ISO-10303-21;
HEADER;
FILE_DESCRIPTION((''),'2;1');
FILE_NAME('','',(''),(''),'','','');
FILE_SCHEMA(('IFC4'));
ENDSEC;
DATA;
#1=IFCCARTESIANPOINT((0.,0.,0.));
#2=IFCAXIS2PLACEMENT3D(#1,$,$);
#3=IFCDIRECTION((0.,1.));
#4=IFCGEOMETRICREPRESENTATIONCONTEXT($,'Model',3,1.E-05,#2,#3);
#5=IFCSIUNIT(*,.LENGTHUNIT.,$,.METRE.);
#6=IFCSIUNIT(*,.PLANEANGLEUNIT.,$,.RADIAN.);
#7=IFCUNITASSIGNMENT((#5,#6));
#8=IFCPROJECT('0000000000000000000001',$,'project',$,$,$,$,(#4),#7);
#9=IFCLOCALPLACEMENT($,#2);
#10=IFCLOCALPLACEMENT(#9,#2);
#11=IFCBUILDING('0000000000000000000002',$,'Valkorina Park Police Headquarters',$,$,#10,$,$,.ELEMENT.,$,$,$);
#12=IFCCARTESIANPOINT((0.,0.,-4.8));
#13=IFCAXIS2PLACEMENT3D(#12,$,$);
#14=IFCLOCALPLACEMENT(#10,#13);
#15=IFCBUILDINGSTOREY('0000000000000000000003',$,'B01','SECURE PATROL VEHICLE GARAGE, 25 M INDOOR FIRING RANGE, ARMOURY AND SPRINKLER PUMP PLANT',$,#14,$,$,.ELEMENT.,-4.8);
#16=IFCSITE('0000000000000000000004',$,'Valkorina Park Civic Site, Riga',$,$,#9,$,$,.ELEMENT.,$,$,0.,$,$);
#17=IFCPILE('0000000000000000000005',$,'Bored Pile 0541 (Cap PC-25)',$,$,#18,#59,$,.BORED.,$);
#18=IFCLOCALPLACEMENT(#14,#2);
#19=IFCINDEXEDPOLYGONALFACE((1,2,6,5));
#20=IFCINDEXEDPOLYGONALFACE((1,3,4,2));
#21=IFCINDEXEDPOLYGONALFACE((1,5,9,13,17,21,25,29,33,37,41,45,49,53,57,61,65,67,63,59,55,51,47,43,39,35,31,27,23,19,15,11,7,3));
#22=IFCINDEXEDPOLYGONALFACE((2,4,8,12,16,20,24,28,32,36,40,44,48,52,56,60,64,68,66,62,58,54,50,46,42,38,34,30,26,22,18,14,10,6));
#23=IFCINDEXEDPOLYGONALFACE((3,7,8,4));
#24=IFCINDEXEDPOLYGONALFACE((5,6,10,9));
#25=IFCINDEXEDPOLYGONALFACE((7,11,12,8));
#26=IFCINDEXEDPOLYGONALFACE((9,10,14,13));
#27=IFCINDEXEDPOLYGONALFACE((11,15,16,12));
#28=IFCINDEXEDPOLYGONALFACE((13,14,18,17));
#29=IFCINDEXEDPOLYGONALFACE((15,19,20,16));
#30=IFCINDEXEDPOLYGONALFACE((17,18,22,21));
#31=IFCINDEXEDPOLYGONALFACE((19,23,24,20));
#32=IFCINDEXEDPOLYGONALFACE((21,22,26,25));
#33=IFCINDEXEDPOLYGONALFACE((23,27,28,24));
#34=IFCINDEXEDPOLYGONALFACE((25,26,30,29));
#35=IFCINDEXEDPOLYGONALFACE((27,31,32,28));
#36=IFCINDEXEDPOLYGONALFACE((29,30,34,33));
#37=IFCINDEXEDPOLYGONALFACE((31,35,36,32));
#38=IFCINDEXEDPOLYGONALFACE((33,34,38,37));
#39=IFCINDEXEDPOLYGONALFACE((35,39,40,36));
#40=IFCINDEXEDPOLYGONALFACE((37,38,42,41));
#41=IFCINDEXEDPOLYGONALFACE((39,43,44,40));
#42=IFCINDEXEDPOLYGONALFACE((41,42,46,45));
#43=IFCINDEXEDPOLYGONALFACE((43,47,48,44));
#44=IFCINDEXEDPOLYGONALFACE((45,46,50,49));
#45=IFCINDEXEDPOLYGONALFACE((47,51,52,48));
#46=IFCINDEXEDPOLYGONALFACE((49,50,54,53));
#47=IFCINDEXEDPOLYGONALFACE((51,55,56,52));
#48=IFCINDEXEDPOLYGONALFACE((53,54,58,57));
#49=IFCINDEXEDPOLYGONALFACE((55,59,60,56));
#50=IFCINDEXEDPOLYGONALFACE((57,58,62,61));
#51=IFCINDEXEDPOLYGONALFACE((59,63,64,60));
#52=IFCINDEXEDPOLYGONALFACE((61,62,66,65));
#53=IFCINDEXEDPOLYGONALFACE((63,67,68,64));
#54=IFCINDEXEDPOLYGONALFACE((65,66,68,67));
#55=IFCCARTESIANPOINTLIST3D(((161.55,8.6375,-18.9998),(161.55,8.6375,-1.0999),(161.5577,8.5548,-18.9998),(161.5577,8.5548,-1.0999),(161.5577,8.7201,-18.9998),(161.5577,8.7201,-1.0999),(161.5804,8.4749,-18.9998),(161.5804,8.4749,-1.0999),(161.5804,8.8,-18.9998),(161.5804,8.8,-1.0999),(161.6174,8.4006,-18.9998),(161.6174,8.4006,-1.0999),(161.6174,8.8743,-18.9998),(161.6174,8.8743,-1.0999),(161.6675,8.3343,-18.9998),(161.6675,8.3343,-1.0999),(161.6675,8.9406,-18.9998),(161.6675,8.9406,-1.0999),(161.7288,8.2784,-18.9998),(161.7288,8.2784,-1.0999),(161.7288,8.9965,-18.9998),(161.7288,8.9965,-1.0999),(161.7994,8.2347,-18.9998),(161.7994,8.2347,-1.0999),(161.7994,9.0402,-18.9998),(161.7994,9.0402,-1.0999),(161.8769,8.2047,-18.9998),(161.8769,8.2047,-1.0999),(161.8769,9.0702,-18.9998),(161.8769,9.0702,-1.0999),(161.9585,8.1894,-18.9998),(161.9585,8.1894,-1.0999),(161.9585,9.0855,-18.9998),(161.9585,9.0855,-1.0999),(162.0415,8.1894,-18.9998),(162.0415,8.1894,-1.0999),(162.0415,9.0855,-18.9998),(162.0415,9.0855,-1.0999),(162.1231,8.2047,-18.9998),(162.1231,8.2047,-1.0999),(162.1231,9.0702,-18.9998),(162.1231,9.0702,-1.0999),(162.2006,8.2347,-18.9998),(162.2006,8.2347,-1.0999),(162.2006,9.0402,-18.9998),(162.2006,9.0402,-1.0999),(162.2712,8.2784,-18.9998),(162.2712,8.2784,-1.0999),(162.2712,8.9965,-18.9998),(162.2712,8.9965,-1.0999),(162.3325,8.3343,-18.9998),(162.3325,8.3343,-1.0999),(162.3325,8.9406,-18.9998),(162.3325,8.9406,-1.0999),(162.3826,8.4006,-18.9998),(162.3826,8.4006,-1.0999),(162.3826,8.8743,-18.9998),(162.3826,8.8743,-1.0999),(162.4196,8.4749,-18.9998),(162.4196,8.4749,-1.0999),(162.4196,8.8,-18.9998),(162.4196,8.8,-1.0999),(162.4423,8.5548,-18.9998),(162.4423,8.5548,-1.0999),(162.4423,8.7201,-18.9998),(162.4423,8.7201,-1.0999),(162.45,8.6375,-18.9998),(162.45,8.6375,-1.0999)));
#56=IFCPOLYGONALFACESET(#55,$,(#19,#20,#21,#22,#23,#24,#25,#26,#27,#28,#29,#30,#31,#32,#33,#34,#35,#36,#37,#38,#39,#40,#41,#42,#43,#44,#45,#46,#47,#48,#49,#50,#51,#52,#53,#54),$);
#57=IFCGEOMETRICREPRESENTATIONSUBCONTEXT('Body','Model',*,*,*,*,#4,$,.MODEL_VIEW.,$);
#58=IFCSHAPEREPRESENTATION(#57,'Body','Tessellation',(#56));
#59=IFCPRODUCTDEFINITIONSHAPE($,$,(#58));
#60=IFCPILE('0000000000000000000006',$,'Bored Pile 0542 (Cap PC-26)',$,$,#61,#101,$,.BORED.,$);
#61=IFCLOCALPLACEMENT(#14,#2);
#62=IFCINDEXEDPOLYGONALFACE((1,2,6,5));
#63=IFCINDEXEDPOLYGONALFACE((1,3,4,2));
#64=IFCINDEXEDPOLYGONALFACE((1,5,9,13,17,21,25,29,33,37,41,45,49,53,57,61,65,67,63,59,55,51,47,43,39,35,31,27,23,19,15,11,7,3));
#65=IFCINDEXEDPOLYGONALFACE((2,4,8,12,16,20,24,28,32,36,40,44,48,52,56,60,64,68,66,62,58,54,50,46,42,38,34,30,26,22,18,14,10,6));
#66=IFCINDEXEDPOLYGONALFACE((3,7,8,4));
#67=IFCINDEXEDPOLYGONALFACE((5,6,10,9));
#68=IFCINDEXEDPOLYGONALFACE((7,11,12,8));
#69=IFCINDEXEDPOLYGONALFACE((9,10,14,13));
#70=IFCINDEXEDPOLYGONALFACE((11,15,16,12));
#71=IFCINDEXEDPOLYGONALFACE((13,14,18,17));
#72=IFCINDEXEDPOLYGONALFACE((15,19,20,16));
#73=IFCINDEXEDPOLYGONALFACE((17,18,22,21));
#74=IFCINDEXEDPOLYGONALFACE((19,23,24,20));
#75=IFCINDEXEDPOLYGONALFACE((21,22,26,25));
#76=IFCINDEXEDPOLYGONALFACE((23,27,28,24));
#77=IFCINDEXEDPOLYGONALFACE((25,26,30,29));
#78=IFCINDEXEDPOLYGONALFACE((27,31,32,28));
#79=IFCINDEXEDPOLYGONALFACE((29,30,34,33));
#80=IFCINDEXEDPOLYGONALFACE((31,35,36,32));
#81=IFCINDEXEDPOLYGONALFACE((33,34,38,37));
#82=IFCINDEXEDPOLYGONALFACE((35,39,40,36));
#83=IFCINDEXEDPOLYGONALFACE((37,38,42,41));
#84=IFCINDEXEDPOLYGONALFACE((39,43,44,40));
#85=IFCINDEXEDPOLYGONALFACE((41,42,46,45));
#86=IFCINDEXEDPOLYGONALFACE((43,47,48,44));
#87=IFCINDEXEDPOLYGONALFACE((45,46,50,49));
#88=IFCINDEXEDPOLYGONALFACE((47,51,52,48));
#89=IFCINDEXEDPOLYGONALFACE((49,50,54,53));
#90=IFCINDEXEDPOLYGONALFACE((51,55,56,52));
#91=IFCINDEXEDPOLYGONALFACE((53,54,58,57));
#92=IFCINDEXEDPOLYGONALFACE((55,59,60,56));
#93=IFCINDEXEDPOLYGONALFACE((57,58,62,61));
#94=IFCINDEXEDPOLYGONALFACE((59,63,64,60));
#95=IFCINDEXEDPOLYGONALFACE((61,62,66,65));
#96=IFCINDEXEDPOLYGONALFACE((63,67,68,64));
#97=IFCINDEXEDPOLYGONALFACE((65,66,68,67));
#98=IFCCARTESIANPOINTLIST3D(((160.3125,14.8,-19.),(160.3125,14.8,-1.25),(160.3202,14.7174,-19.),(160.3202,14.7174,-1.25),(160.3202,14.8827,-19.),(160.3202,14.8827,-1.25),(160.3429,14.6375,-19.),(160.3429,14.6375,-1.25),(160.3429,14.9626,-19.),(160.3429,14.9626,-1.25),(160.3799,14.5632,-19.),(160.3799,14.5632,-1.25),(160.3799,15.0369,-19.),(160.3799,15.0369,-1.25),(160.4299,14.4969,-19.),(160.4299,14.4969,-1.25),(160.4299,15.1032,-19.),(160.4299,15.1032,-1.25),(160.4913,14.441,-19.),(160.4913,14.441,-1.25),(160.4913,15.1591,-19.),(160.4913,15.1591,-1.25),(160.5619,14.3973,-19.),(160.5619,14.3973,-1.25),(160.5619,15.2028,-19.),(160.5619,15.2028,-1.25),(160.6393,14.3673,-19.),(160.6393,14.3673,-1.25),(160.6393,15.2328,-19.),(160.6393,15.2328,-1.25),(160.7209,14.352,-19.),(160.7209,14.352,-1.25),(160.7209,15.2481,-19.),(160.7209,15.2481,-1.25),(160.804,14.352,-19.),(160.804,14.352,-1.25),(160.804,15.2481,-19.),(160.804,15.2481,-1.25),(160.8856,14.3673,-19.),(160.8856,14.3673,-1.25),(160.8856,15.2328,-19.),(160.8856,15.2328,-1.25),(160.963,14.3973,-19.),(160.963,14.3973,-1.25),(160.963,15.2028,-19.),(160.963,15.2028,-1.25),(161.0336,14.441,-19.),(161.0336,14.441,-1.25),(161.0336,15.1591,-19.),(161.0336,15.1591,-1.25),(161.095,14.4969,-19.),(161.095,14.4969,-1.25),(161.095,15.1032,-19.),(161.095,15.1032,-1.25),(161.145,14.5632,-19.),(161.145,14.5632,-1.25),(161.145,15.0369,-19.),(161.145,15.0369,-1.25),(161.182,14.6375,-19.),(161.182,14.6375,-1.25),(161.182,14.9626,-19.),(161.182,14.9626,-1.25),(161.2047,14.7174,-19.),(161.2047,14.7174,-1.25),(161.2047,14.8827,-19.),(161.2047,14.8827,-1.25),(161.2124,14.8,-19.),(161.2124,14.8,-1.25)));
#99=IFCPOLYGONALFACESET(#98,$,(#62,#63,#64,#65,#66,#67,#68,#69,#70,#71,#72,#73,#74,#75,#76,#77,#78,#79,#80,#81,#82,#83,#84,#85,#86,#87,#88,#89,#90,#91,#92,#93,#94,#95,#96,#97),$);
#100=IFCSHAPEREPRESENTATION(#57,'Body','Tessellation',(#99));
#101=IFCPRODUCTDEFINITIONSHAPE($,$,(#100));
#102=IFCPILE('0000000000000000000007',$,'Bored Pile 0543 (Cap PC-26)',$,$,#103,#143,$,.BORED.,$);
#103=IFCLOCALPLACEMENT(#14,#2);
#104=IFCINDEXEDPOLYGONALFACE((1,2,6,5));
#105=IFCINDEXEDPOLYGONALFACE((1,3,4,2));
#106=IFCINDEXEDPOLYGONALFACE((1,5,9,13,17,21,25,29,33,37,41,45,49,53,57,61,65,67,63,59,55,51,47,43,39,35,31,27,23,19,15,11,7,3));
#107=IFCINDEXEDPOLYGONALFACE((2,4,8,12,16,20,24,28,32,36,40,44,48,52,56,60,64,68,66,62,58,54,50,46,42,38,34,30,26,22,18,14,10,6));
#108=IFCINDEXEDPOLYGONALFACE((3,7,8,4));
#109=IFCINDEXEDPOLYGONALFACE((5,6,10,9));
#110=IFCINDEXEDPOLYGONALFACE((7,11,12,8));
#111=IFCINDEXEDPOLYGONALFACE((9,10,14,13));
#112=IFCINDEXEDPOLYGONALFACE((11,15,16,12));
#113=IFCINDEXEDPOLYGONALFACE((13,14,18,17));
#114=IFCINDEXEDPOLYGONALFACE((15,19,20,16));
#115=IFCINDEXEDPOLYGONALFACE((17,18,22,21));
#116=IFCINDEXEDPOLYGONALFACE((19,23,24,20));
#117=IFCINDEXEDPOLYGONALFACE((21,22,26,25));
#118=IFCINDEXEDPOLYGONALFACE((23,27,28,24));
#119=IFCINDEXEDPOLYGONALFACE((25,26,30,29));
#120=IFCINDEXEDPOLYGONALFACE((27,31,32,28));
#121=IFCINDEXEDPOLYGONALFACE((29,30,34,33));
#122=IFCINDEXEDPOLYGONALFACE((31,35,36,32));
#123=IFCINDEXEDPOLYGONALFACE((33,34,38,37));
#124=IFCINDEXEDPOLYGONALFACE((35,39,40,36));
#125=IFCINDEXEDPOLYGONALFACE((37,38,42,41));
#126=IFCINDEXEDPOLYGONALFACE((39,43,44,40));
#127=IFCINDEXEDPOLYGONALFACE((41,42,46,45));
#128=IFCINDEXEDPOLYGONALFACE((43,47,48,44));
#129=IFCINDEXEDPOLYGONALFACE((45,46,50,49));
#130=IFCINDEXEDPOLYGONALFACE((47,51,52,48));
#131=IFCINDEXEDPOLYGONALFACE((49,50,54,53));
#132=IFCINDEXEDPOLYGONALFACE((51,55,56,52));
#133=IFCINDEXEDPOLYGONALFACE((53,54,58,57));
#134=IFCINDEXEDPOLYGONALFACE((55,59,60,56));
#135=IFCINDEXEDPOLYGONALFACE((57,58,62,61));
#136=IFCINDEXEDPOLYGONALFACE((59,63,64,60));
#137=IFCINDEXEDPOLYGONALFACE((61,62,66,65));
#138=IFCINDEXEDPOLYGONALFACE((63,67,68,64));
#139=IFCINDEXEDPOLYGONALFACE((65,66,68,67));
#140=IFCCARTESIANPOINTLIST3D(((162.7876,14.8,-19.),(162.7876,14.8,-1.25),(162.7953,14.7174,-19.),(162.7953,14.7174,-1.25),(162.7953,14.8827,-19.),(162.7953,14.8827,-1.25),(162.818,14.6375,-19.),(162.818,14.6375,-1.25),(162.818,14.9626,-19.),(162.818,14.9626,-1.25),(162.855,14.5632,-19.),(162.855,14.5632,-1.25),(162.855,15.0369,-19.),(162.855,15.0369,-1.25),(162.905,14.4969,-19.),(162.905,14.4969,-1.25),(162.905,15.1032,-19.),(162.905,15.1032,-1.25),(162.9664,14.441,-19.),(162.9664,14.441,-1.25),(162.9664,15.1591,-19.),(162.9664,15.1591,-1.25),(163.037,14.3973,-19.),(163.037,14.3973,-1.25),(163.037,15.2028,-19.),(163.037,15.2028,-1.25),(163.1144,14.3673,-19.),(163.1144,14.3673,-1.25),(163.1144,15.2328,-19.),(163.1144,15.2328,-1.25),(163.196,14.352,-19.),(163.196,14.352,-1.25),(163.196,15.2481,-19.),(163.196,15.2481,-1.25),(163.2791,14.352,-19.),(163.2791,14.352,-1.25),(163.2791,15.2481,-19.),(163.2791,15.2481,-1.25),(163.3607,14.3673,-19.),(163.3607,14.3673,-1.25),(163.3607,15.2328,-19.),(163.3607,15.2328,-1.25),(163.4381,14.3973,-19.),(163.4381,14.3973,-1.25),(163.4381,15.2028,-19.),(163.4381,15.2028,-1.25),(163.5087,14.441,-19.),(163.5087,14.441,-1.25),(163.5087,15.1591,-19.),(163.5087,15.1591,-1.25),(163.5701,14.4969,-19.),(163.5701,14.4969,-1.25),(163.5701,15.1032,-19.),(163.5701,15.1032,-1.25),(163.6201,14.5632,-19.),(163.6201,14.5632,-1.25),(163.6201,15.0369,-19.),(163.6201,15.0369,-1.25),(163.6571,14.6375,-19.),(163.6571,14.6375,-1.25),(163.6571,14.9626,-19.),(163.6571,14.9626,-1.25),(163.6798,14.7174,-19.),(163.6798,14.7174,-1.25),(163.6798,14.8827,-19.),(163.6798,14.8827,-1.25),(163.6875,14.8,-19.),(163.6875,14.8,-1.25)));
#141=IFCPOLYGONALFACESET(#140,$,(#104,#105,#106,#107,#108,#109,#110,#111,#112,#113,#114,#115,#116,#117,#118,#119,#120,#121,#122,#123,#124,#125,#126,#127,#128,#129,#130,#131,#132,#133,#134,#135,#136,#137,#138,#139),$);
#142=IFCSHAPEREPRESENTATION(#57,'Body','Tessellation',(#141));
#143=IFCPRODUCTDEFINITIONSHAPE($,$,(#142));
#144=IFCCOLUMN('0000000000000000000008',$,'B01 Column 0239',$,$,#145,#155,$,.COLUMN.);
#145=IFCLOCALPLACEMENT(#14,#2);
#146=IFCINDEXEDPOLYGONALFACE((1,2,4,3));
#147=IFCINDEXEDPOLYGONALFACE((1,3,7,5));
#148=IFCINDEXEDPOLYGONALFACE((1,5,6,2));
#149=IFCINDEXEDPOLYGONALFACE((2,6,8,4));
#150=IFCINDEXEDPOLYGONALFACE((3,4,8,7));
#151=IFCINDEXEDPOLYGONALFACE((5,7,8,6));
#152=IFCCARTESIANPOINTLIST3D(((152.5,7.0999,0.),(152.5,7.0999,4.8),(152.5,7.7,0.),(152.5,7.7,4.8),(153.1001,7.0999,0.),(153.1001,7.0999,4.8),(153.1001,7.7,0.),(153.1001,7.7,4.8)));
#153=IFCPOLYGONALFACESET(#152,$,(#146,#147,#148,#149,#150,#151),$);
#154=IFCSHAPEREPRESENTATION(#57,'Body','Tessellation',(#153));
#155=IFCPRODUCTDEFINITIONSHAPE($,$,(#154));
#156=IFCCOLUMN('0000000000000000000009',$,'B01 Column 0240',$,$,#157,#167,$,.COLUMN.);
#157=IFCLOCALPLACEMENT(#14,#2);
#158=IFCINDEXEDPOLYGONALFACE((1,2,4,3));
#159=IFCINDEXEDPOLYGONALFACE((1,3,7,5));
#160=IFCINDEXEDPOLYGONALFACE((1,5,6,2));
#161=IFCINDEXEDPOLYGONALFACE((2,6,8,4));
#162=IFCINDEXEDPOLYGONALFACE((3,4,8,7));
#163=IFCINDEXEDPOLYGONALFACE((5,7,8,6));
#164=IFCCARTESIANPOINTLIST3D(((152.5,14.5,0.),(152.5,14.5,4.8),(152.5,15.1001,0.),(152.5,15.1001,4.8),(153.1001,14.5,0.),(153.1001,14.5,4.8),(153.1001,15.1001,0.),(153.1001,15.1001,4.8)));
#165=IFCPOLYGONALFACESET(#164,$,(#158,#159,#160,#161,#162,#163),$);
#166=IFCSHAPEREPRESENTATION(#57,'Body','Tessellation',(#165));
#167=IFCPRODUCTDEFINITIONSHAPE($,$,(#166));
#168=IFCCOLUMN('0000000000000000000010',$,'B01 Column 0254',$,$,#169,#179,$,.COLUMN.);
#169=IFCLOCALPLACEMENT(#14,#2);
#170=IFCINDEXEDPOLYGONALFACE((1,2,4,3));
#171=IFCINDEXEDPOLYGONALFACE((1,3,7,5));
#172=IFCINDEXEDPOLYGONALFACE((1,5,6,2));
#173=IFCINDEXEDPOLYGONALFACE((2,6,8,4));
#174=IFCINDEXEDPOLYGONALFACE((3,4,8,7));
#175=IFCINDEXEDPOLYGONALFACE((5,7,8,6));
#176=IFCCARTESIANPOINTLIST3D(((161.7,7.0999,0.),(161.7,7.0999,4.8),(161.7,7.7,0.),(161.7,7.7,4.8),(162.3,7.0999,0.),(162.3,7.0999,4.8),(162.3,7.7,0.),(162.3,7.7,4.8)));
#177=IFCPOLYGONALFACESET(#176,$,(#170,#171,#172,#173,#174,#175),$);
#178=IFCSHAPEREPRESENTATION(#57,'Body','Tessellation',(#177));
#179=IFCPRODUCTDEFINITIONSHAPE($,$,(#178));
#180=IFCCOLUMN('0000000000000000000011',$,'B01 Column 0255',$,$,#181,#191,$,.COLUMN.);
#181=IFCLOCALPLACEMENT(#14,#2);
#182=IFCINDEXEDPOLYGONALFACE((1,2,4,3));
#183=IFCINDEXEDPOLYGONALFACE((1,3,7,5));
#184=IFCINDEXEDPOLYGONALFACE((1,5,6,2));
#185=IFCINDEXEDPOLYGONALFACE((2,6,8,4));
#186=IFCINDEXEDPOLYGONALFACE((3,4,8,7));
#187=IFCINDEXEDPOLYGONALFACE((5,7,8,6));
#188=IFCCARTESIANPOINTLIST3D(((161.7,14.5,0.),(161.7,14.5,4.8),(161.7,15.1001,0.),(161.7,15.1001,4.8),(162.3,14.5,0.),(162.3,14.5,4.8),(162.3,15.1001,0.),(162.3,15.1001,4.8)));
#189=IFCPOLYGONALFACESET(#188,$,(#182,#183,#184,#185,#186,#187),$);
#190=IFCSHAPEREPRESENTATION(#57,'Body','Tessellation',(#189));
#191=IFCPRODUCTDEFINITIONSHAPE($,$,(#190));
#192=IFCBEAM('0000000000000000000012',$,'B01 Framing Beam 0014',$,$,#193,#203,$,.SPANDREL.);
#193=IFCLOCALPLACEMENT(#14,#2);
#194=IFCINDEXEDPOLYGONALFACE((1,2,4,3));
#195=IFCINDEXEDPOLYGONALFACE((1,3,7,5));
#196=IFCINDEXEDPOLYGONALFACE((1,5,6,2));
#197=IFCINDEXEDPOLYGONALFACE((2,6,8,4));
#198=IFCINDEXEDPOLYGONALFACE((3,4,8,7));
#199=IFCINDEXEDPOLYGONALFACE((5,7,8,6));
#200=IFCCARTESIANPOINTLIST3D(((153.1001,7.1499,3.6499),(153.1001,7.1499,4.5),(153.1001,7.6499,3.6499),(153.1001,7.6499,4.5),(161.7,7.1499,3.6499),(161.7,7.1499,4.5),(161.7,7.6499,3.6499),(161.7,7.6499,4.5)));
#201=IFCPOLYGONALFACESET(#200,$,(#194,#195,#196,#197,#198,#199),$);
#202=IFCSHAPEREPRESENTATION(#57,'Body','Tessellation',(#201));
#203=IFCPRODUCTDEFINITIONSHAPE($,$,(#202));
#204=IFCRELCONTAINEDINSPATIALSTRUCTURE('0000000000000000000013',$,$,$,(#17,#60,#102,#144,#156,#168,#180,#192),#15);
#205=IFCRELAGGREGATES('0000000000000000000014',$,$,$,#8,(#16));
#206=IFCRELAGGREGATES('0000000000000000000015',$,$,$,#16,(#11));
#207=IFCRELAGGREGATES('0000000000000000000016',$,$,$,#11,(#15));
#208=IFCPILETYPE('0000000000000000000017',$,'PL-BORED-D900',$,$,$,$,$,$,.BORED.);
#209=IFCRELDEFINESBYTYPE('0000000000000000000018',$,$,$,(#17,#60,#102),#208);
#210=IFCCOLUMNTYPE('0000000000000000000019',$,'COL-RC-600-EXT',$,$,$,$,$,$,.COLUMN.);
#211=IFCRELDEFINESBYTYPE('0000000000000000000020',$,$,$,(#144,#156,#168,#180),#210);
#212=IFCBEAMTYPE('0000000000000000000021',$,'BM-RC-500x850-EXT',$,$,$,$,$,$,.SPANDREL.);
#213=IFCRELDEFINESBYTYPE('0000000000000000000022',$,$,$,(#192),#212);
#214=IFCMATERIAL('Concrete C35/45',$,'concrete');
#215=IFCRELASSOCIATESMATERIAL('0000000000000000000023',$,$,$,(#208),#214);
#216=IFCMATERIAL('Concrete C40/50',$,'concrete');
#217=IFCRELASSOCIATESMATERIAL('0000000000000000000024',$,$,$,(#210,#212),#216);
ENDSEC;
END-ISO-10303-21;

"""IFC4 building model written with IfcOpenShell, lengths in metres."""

from ifc_helpers import new_model, si_unit, direction, frame, origin, origin_2d, place, context, subcontext, project, spatial, rectangle, circle, extrude, material, material_profile, profile_set, type_object, element, save


model = new_model("IFC4")

# Units and contexts
model_context = context("Model", 3, precision=1e-05, world=origin(), true_north=direction((0.0, 1.0)))
body_context = subcontext(model_context, "Body", "Model", "MODEL_VIEW")
ifc_project = project(units=[si_unit("LENGTHUNIT", "METRE"), si_unit("PLANEANGLEUNIT", "RADIAN")], contexts=[model_context])

# Site, building, storey
site_placement = place(None, origin())
site = spatial("IfcSite", under=ifc_project, at=site_placement, Name="Valkorina Park Civic Site, Riga", CompositionType="ELEMENT", RefElevation=0.0)
building_placement = place(site_placement, origin())
building = spatial("IfcBuilding", under=site, at=building_placement, Name="Valkorina Park Police Headquarters", CompositionType="ELEMENT")
storey_placement = place(building_placement, frame((0.0, 0.0, -4.8)))
storey = spatial("IfcBuildingStorey", under=building, at=storey_placement, Name="B01", Description="SECURE PATROL VEHICLE GARAGE, 25 M INDOOR FIRING RANGE, ARMOURY AND SPRINKLER PUMP PLANT", CompositionType="ELEMENT", Elevation=-4.8)

# Shared definitions
ifc_material_1 = material(Name="Concrete C40/50", Category="concrete")

# Piles
ifc_material_2 = material(Name="Concrete C35/45", Category="concrete")
ifc_material_profile_1 = material_profile(ifc_material_2, circle(Radius=0.45, at=origin_2d()), Name="BORED PILE D900")
ifc_profile_set_1 = profile_set([ifc_material_profile_1], Name="Concrete C35/45")
pile_type = type_object("IfcPileType", Name="PL-BORED-D900", PredefinedType="BORED", material=ifc_profile_set_1)
for number, where, z_axis, x_axis, name in (
    (1, (162.0, 8.6375, -1.0999), (0.0, 0.0, -1.0), (1.0, 0.0, 0.0), "Bored Pile 0541 (Cap PC-25)"),
):
    element("IfcPile", number, at=place(storey_placement, frame(where, z_axis=z_axis, x_axis=x_axis)), inside=storey, type_object=pile_type, Name=name, PredefinedType="BORED", context=body_context, shape_type="SweptSolid", body=[
        extrude(circle(Radius=0.45, at=origin_2d()), origin(), (0.0, 0.0, 1.0), 17.8999),
    ])
for number, where, z_axis, x_axis, name in (
    (2, (160.7625, 14.8, -1.25), (0.0, 0.0, -1.0), (1.0, 0.0, 0.0), "Bored Pile 0542 (Cap PC-26)"),
    (3, (163.2375, 14.8, -1.25), (0.0, 0.0, -1.0), (1.0, 0.0, 0.0), "Bored Pile 0543 (Cap PC-26)"),
):
    element("IfcPile", number, at=place(storey_placement, frame(where, z_axis=z_axis, x_axis=x_axis)), inside=storey, type_object=pile_type, Name=name, PredefinedType="BORED", context=body_context, shape_type="SweptSolid", body=[
        extrude(circle(Radius=0.45, at=origin_2d()), origin(), (0.0, 0.0, 1.0), 17.75),
    ])

# Columns
ifc_material_profile_2 = material_profile(ifc_material_1, rectangle(XDim=0.6001, YDim=0.6001, at=origin_2d()), Name="RC COL 600x600")
ifc_profile_set_2 = profile_set([ifc_material_profile_2], Name="Concrete C40/50")
column_type = type_object("IfcColumnType", Name="COL-RC-600-EXT", PredefinedType="COLUMN", material=ifc_profile_set_2)
for number, where, z_axis, x_axis, name in (
    (4, (152.8, 7.3999, 0.0), (0.0, 0.0, 1.0), (1.0, 0.0, 0.0), "B01 Column 0239"),
    (5, (152.8, 14.8, 0.0), (0.0, 0.0, 1.0), (1.0, 0.0, 0.0), "B01 Column 0240"),
    (6, (162.0, 7.3999, 0.0), (0.0, 0.0, 1.0), (1.0, 0.0, 0.0), "B01 Column 0254"),
    (7, (162.0, 14.8, 0.0), (0.0, 0.0, 1.0), (1.0, 0.0, 0.0), "B01 Column 0255"),
):
    element("IfcColumn", number, at=place(storey_placement, frame(where, z_axis=z_axis, x_axis=x_axis)), inside=storey, type_object=column_type, Name=name, PredefinedType="COLUMN", context=body_context, shape_type="SweptSolid", body=[
        extrude(rectangle(XDim=0.6001, YDim=0.6001, at=origin_2d()), origin(), (0.0, 0.0, 1.0), 4.8),
    ])

# Beam
ifc_material_profile_3 = material_profile(ifc_material_1, rectangle(XDim=0.5, YDim=0.8501, at=origin_2d()), Name="RC BEAM 500x850")
ifc_profile_set_3 = profile_set([ifc_material_profile_3], Name="Concrete C40/50")
beam_type_1 = type_object("IfcBeamType", Name="BM-RC-500x850-EXT", PredefinedType="SPANDREL", material=ifc_profile_set_3)
beam_1_placement = place(storey_placement, frame((153.1001, 7.3999, 4.075), z_axis=(1.0, 0.0, 0.0), x_axis=(0.0, 1.0, 0.0)))
element("IfcBeam", 8, at=beam_1_placement, inside=storey, type_object=beam_type_1, Name="B01 Framing Beam 0014", PredefinedType="SPANDREL", context=body_context, shape_type="SweptSolid", body=[
    extrude(rectangle(XDim=0.5, YDim=0.8501, at=origin_2d()), origin(), (0.0, 0.0, 1.0), 8.5999),
])

save(model, "model.ifc")
